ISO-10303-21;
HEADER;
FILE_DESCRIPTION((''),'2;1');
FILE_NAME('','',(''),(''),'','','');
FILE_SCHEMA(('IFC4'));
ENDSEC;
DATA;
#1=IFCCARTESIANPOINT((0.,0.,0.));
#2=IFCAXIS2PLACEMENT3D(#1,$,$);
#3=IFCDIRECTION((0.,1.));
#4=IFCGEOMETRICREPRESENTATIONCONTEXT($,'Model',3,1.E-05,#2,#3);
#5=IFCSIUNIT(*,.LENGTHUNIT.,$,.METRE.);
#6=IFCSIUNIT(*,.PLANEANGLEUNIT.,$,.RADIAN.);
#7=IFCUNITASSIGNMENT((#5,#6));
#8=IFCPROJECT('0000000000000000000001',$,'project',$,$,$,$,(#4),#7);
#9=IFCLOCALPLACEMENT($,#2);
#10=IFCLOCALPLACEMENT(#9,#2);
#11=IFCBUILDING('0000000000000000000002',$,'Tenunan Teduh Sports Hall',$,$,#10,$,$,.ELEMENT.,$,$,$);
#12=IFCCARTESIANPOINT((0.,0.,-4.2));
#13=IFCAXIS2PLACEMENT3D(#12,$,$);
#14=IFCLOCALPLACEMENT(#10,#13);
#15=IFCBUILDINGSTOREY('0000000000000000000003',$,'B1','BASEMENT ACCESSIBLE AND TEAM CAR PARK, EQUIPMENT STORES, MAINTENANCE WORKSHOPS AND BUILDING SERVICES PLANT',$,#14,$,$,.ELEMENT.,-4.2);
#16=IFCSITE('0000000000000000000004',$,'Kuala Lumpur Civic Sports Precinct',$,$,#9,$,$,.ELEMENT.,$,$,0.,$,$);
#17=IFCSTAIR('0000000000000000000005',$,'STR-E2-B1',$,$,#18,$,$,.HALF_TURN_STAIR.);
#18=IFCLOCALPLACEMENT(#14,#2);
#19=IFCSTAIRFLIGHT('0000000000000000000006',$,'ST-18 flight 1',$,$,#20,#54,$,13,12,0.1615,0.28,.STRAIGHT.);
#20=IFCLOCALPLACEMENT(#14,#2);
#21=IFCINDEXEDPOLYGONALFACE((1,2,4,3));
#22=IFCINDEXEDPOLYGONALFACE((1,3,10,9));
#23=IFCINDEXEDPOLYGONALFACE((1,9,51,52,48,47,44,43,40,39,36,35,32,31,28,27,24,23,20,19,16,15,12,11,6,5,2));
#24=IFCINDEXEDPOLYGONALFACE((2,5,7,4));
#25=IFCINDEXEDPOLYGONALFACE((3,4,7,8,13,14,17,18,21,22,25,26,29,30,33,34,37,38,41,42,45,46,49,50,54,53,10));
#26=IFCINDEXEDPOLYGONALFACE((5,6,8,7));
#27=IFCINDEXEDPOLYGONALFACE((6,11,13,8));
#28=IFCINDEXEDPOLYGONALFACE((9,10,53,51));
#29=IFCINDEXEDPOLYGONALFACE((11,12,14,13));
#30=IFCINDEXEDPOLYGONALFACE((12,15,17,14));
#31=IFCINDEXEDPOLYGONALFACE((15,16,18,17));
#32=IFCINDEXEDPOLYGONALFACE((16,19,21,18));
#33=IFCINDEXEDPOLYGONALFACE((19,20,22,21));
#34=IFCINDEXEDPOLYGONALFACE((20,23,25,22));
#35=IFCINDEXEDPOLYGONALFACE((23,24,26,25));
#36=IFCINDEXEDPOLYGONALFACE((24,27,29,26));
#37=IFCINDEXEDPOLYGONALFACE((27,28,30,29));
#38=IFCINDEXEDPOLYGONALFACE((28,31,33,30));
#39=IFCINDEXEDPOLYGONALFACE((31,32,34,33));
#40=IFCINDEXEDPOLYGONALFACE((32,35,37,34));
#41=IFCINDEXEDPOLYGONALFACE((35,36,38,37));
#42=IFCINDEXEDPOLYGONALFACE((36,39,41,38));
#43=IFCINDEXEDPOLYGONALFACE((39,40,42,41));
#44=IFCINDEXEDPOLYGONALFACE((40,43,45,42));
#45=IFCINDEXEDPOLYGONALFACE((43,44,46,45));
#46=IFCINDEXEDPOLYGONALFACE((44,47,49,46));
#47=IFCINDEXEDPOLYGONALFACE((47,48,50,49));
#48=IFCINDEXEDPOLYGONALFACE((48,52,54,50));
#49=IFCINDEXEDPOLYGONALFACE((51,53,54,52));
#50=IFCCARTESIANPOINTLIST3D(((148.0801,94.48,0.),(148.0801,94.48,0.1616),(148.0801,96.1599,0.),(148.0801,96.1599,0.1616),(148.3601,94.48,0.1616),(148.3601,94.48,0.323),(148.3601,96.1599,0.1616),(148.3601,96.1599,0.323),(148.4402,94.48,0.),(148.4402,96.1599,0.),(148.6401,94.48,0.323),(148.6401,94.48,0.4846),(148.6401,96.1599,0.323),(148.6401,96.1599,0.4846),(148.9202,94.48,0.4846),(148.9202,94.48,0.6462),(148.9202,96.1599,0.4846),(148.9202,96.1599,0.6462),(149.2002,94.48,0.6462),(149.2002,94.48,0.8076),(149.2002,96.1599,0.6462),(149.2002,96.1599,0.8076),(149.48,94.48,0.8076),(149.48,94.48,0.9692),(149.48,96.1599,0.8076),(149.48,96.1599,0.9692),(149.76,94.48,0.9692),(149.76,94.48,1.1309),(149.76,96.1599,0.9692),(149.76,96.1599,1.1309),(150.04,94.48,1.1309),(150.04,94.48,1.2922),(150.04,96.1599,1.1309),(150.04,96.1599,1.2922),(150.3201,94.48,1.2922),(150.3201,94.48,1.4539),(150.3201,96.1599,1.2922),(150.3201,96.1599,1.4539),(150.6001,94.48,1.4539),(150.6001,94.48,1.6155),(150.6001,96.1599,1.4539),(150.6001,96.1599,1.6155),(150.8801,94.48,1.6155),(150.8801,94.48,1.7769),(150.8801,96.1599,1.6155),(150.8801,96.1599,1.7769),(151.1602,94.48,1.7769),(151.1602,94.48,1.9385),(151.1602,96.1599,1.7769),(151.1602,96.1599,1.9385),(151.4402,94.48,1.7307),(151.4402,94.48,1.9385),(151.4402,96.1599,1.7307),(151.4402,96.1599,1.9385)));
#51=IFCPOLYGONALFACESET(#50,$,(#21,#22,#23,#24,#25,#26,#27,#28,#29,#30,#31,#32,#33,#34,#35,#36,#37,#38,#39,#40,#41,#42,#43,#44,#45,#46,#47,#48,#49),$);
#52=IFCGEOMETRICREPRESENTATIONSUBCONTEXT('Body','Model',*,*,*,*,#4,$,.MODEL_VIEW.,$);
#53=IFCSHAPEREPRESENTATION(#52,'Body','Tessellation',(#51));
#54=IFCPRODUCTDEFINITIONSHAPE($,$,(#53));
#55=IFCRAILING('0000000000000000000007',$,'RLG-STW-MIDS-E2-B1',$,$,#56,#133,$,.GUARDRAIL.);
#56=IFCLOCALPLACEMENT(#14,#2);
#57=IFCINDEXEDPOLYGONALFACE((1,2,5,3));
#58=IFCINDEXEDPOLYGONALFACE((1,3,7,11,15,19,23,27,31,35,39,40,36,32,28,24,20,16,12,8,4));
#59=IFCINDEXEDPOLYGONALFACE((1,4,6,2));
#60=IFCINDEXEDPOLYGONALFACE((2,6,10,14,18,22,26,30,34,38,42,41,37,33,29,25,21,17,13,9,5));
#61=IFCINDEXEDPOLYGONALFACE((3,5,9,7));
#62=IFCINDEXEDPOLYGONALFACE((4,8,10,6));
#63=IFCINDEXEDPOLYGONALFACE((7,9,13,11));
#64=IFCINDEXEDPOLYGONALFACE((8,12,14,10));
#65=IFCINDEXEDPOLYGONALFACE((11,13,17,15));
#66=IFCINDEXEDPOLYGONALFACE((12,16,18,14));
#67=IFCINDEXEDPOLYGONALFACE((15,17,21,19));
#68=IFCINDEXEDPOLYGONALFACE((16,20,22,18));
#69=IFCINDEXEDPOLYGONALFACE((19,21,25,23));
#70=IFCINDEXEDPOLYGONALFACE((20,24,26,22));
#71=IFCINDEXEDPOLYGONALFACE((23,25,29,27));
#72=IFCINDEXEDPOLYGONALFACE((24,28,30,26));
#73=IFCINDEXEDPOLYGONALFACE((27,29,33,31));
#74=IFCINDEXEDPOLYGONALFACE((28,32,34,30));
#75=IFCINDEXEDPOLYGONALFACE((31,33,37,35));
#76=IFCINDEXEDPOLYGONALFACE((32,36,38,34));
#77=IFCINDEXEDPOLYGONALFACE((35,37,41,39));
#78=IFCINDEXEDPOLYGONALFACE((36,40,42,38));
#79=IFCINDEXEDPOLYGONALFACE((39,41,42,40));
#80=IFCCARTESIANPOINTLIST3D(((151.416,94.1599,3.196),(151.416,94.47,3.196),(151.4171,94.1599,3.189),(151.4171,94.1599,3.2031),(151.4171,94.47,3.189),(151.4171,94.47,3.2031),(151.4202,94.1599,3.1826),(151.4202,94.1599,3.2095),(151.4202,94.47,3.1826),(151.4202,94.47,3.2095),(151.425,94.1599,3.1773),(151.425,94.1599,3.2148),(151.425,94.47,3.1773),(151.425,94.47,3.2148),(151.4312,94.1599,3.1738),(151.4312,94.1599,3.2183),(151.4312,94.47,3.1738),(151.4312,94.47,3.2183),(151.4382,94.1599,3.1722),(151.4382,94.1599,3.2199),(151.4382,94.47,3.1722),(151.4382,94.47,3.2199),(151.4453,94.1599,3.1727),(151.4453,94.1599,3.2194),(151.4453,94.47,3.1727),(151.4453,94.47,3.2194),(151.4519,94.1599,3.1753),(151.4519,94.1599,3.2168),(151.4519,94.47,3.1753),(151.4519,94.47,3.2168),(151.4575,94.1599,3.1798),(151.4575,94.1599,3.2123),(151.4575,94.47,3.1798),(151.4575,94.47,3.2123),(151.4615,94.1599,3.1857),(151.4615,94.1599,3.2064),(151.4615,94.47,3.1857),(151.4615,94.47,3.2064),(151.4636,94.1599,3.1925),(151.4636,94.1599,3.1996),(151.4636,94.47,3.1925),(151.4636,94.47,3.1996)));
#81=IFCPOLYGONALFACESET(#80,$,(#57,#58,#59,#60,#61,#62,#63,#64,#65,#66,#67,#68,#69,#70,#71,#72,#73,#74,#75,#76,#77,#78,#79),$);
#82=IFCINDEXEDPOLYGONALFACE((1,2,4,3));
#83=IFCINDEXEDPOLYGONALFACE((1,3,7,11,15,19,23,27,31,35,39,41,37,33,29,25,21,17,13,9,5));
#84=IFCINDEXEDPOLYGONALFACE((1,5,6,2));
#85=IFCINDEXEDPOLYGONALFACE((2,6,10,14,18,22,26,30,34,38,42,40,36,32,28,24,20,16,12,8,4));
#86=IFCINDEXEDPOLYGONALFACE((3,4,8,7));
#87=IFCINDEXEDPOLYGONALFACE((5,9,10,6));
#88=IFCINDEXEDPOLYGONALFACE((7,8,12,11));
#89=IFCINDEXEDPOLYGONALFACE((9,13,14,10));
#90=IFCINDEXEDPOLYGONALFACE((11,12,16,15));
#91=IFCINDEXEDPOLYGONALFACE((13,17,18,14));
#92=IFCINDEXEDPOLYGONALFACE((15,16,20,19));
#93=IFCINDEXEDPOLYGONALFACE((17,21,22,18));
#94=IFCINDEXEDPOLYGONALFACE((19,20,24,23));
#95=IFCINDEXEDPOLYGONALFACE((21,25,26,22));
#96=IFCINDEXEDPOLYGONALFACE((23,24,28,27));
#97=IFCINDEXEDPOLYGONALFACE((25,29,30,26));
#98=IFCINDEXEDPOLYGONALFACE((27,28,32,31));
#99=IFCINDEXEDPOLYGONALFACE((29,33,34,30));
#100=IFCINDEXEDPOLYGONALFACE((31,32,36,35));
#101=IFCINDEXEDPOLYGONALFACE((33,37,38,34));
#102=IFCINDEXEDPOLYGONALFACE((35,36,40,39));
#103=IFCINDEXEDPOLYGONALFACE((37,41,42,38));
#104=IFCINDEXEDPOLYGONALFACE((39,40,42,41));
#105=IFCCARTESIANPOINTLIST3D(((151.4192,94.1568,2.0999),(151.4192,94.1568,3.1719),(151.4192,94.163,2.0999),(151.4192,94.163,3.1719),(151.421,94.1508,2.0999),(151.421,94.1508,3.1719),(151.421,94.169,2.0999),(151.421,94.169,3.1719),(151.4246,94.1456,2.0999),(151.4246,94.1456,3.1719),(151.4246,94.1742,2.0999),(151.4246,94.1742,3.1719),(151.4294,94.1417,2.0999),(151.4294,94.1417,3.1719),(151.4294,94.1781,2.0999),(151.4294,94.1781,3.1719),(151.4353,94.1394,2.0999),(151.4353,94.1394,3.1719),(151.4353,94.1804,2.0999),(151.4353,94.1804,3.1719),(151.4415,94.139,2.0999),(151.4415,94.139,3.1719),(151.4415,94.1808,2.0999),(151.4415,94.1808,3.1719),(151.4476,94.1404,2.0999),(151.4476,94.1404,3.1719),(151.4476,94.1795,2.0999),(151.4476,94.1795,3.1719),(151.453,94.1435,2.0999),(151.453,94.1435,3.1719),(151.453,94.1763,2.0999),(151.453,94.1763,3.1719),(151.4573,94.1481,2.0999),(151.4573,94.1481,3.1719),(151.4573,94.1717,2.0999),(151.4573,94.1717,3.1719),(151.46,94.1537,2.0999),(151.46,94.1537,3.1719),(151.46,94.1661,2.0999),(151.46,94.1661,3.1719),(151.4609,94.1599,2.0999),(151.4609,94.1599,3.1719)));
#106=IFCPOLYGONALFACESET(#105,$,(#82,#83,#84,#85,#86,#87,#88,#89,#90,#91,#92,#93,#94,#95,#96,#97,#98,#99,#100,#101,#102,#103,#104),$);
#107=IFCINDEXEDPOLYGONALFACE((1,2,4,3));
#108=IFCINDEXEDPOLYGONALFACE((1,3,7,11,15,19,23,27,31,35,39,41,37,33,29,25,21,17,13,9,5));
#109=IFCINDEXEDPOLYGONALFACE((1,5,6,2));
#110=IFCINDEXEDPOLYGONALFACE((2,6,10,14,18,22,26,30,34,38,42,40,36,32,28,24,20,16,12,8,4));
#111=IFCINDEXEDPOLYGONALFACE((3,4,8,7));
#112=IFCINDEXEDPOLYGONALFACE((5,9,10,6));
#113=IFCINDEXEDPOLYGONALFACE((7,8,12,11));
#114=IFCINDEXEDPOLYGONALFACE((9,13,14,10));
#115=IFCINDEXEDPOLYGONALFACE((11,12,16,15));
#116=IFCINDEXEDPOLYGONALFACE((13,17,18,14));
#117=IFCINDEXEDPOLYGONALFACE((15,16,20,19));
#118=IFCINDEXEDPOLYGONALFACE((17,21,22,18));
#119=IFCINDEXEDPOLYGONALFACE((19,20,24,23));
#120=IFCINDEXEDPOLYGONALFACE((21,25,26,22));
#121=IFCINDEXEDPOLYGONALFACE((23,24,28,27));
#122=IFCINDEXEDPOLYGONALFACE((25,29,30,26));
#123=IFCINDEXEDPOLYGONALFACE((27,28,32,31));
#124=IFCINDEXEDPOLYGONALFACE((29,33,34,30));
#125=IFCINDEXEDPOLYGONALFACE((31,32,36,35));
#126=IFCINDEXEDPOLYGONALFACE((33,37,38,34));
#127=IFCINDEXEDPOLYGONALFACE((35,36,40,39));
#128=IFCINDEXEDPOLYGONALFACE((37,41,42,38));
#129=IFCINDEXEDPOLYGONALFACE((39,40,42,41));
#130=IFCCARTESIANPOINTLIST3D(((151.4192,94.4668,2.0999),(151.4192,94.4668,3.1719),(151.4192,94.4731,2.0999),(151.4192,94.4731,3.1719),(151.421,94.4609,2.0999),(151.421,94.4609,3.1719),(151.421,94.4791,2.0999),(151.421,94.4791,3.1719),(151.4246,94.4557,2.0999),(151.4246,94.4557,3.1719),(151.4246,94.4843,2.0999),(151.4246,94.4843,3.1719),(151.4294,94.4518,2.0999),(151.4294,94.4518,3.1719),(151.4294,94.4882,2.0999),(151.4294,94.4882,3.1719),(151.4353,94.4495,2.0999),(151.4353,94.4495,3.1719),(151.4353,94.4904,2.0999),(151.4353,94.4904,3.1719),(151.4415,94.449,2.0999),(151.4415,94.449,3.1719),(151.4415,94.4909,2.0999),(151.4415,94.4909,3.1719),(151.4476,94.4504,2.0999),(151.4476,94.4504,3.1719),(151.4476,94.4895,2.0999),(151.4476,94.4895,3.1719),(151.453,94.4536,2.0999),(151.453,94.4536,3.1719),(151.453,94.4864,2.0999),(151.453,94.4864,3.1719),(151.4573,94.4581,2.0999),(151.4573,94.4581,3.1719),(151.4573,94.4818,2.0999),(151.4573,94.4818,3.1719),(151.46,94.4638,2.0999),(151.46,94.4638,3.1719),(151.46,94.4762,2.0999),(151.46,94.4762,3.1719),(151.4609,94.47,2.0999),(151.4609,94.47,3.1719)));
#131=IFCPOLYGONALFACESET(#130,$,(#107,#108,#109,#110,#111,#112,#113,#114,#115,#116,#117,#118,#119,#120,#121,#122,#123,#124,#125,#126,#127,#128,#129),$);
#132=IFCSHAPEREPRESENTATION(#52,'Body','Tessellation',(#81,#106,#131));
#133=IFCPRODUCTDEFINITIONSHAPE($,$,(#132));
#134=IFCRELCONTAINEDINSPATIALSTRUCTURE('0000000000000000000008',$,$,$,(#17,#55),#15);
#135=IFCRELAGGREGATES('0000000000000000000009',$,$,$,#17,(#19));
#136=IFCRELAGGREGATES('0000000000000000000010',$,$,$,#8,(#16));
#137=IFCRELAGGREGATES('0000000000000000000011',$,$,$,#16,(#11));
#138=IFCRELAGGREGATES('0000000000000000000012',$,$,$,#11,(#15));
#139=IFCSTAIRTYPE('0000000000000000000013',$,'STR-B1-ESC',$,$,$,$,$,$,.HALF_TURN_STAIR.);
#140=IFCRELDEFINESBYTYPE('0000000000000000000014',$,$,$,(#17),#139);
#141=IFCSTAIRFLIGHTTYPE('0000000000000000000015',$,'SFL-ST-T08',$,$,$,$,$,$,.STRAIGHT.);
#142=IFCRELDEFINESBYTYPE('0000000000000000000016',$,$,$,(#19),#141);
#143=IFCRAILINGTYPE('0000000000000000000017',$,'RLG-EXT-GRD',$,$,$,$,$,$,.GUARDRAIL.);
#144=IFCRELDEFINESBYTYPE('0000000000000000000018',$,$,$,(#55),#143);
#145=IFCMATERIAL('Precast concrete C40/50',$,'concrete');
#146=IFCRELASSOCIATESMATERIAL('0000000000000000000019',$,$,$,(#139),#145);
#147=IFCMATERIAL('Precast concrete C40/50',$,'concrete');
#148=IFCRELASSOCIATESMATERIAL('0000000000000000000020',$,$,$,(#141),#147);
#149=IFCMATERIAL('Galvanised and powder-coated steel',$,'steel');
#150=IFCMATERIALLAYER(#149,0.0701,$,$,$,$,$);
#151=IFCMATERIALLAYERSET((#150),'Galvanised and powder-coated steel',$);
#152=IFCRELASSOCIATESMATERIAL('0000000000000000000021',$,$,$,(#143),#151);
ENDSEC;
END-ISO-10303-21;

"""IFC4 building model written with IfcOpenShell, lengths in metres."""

from ifc_helpers import new_model, si_unit, direction, frame, origin, origin_2d, place, context, subcontext, project, spatial, polyline, circle, outline, extrude, material, layer, layer_set, type_object, element, aggregate, save


model = new_model("IFC4")

# Units and contexts
model_context = context("Model", 3, precision=1e-05, world=origin(), true_north=direction((0.0, 1.0)))
body_context = subcontext(model_context, "Body", "Model", "MODEL_VIEW")
ifc_project = project(units=[si_unit("LENGTHUNIT", "METRE"), si_unit("PLANEANGLEUNIT", "RADIAN")], contexts=[model_context])

# Site, building, storey
site_placement = place(None, origin())
site = spatial("IfcSite", under=ifc_project, at=site_placement, Name="Kuala Lumpur Civic Sports Precinct", CompositionType="ELEMENT", RefElevation=0.0)
building_placement = place(site_placement, origin())
building = spatial("IfcBuilding", under=site, at=building_placement, Name="Tenunan Teduh Sports Hall", CompositionType="ELEMENT")
storey_placement = place(building_placement, frame((0.0, 0.0, -4.2)))
storey = spatial("IfcBuildingStorey", under=building, at=storey_placement, Name="B1", Description="BASEMENT ACCESSIBLE AND TEAM CAR PARK, EQUIPMENT STORES, MAINTENANCE WORKSHOPS AND BUILDING SERVICES PLANT", CompositionType="ELEMENT", Elevation=-4.2)

# Stair, stair flight
ifc_material_1 = material(Name="Precast concrete C40/50", Category="concrete")
stair_type = type_object("IfcStairType", Name="STR-B1-ESC", PredefinedType="HALF_TURN_STAIR", material=ifc_material_1)
stair_placement = place(storey_placement, origin())
stair = element("IfcStair", 1, at=stair_placement, inside=storey, type_object=stair_type, Name="STR-E2-B1", PredefinedType="HALF_TURN_STAIR")
ifc_material_2 = material(Name="Precast concrete C40/50", Category="concrete")
stair_flight_type = type_object("IfcStairFlightType", Name="SFL-ST-T08", PredefinedType="STRAIGHT", material=ifc_material_2)
stair_flight_placement = place(storey_placement, frame((148.0801, 95.3201, 0.0), z_axis=(0.0, 0.0, 1.0), x_axis=(1.0, 0.0, 0.0)))
stair_flight = element("IfcStairFlight", 2, at=stair_flight_placement, type_object=stair_flight_type, Name="ST-18 flight 1", NumberOfRisers=13, NumberOfTreads=12, PredefinedType="STRAIGHT", RiserHeight=0.1615, TreadLength=0.28, context=body_context, shape_type="SweptSolid", body=[
    extrude(outline(polyline([(0.0, 0.0), (0.0, 0.1616), (0.28, 0.1616), (0.28, 0.323), (0.5601, 0.323), (0.5601, 0.4846), (0.8401, 0.4846), (0.8401, 0.6462), (1.1201, 0.6462), (1.1201, 0.8076), (1.3999, 0.8076), (1.3999, 0.9692), (1.6799, 0.9692), (1.6799, 1.1309), (1.96, 1.1309), (1.96, 1.2922), (2.24, 1.2922), (2.24, 1.4539), (2.52, 1.4539), (2.52, 1.6155), (2.8, 1.6155), (2.8, 1.7769), (3.0801, 1.7769), (3.0801, 1.9385), (3.3601, 1.9385), (3.3601, 2.1001), (3.3601, 1.7307), (0.3601, 0.0), (0.0, 0.0)])), frame((0.0, 0.8398, 0.0), z_axis=(0.0, -1.0, 0.0), x_axis=(1.0, 0.0, 0.0)), (0.0, 0.0, 1.0), 1.6799),
])
aggregate(stair, [stair_flight])

# Railing
ifc_material_3 = material(Name="Galvanised and powder-coated steel", Category="steel")
ifc_layer_1 = layer(ifc_material_3, 0.0701)
ifc_layer_set_1 = layer_set([ifc_layer_1], Name="Galvanised and powder-coated steel")
railing_type = type_object("IfcRailingType", Name="RLG-EXT-GRD", PredefinedType="GUARDRAIL", material=ifc_layer_set_1)
railing_placement = place(storey_placement, frame((151.4399, 94.1599, 2.0999)))
element("IfcRailing", 3, at=railing_placement, inside=storey, type_object=railing_type, Name="RLG-STW-MIDS-E2-B1", PredefinedType="GUARDRAIL", context=body_context, shape_type="SweptSolid", body=[
    extrude(circle(Radius=0.0239, at=origin_2d()), frame((0.0, 0.0, 1.0962), z_axis=(0.0, 1.0, 0.0), x_axis=(-1.0, 0.0, 0.0)), (0.0, 0.0, 1.0), 0.3101),
    extrude(circle(Radius=0.021, at=origin_2d()), origin(), (0.0, 0.0, 1.0), 1.072),
    extrude(circle(Radius=0.021, at=origin_2d()), frame((0.0, 0.3101, 0.0)), (0.0, 0.0, 1.0), 1.072),
])

save(model, "model.ifc")
